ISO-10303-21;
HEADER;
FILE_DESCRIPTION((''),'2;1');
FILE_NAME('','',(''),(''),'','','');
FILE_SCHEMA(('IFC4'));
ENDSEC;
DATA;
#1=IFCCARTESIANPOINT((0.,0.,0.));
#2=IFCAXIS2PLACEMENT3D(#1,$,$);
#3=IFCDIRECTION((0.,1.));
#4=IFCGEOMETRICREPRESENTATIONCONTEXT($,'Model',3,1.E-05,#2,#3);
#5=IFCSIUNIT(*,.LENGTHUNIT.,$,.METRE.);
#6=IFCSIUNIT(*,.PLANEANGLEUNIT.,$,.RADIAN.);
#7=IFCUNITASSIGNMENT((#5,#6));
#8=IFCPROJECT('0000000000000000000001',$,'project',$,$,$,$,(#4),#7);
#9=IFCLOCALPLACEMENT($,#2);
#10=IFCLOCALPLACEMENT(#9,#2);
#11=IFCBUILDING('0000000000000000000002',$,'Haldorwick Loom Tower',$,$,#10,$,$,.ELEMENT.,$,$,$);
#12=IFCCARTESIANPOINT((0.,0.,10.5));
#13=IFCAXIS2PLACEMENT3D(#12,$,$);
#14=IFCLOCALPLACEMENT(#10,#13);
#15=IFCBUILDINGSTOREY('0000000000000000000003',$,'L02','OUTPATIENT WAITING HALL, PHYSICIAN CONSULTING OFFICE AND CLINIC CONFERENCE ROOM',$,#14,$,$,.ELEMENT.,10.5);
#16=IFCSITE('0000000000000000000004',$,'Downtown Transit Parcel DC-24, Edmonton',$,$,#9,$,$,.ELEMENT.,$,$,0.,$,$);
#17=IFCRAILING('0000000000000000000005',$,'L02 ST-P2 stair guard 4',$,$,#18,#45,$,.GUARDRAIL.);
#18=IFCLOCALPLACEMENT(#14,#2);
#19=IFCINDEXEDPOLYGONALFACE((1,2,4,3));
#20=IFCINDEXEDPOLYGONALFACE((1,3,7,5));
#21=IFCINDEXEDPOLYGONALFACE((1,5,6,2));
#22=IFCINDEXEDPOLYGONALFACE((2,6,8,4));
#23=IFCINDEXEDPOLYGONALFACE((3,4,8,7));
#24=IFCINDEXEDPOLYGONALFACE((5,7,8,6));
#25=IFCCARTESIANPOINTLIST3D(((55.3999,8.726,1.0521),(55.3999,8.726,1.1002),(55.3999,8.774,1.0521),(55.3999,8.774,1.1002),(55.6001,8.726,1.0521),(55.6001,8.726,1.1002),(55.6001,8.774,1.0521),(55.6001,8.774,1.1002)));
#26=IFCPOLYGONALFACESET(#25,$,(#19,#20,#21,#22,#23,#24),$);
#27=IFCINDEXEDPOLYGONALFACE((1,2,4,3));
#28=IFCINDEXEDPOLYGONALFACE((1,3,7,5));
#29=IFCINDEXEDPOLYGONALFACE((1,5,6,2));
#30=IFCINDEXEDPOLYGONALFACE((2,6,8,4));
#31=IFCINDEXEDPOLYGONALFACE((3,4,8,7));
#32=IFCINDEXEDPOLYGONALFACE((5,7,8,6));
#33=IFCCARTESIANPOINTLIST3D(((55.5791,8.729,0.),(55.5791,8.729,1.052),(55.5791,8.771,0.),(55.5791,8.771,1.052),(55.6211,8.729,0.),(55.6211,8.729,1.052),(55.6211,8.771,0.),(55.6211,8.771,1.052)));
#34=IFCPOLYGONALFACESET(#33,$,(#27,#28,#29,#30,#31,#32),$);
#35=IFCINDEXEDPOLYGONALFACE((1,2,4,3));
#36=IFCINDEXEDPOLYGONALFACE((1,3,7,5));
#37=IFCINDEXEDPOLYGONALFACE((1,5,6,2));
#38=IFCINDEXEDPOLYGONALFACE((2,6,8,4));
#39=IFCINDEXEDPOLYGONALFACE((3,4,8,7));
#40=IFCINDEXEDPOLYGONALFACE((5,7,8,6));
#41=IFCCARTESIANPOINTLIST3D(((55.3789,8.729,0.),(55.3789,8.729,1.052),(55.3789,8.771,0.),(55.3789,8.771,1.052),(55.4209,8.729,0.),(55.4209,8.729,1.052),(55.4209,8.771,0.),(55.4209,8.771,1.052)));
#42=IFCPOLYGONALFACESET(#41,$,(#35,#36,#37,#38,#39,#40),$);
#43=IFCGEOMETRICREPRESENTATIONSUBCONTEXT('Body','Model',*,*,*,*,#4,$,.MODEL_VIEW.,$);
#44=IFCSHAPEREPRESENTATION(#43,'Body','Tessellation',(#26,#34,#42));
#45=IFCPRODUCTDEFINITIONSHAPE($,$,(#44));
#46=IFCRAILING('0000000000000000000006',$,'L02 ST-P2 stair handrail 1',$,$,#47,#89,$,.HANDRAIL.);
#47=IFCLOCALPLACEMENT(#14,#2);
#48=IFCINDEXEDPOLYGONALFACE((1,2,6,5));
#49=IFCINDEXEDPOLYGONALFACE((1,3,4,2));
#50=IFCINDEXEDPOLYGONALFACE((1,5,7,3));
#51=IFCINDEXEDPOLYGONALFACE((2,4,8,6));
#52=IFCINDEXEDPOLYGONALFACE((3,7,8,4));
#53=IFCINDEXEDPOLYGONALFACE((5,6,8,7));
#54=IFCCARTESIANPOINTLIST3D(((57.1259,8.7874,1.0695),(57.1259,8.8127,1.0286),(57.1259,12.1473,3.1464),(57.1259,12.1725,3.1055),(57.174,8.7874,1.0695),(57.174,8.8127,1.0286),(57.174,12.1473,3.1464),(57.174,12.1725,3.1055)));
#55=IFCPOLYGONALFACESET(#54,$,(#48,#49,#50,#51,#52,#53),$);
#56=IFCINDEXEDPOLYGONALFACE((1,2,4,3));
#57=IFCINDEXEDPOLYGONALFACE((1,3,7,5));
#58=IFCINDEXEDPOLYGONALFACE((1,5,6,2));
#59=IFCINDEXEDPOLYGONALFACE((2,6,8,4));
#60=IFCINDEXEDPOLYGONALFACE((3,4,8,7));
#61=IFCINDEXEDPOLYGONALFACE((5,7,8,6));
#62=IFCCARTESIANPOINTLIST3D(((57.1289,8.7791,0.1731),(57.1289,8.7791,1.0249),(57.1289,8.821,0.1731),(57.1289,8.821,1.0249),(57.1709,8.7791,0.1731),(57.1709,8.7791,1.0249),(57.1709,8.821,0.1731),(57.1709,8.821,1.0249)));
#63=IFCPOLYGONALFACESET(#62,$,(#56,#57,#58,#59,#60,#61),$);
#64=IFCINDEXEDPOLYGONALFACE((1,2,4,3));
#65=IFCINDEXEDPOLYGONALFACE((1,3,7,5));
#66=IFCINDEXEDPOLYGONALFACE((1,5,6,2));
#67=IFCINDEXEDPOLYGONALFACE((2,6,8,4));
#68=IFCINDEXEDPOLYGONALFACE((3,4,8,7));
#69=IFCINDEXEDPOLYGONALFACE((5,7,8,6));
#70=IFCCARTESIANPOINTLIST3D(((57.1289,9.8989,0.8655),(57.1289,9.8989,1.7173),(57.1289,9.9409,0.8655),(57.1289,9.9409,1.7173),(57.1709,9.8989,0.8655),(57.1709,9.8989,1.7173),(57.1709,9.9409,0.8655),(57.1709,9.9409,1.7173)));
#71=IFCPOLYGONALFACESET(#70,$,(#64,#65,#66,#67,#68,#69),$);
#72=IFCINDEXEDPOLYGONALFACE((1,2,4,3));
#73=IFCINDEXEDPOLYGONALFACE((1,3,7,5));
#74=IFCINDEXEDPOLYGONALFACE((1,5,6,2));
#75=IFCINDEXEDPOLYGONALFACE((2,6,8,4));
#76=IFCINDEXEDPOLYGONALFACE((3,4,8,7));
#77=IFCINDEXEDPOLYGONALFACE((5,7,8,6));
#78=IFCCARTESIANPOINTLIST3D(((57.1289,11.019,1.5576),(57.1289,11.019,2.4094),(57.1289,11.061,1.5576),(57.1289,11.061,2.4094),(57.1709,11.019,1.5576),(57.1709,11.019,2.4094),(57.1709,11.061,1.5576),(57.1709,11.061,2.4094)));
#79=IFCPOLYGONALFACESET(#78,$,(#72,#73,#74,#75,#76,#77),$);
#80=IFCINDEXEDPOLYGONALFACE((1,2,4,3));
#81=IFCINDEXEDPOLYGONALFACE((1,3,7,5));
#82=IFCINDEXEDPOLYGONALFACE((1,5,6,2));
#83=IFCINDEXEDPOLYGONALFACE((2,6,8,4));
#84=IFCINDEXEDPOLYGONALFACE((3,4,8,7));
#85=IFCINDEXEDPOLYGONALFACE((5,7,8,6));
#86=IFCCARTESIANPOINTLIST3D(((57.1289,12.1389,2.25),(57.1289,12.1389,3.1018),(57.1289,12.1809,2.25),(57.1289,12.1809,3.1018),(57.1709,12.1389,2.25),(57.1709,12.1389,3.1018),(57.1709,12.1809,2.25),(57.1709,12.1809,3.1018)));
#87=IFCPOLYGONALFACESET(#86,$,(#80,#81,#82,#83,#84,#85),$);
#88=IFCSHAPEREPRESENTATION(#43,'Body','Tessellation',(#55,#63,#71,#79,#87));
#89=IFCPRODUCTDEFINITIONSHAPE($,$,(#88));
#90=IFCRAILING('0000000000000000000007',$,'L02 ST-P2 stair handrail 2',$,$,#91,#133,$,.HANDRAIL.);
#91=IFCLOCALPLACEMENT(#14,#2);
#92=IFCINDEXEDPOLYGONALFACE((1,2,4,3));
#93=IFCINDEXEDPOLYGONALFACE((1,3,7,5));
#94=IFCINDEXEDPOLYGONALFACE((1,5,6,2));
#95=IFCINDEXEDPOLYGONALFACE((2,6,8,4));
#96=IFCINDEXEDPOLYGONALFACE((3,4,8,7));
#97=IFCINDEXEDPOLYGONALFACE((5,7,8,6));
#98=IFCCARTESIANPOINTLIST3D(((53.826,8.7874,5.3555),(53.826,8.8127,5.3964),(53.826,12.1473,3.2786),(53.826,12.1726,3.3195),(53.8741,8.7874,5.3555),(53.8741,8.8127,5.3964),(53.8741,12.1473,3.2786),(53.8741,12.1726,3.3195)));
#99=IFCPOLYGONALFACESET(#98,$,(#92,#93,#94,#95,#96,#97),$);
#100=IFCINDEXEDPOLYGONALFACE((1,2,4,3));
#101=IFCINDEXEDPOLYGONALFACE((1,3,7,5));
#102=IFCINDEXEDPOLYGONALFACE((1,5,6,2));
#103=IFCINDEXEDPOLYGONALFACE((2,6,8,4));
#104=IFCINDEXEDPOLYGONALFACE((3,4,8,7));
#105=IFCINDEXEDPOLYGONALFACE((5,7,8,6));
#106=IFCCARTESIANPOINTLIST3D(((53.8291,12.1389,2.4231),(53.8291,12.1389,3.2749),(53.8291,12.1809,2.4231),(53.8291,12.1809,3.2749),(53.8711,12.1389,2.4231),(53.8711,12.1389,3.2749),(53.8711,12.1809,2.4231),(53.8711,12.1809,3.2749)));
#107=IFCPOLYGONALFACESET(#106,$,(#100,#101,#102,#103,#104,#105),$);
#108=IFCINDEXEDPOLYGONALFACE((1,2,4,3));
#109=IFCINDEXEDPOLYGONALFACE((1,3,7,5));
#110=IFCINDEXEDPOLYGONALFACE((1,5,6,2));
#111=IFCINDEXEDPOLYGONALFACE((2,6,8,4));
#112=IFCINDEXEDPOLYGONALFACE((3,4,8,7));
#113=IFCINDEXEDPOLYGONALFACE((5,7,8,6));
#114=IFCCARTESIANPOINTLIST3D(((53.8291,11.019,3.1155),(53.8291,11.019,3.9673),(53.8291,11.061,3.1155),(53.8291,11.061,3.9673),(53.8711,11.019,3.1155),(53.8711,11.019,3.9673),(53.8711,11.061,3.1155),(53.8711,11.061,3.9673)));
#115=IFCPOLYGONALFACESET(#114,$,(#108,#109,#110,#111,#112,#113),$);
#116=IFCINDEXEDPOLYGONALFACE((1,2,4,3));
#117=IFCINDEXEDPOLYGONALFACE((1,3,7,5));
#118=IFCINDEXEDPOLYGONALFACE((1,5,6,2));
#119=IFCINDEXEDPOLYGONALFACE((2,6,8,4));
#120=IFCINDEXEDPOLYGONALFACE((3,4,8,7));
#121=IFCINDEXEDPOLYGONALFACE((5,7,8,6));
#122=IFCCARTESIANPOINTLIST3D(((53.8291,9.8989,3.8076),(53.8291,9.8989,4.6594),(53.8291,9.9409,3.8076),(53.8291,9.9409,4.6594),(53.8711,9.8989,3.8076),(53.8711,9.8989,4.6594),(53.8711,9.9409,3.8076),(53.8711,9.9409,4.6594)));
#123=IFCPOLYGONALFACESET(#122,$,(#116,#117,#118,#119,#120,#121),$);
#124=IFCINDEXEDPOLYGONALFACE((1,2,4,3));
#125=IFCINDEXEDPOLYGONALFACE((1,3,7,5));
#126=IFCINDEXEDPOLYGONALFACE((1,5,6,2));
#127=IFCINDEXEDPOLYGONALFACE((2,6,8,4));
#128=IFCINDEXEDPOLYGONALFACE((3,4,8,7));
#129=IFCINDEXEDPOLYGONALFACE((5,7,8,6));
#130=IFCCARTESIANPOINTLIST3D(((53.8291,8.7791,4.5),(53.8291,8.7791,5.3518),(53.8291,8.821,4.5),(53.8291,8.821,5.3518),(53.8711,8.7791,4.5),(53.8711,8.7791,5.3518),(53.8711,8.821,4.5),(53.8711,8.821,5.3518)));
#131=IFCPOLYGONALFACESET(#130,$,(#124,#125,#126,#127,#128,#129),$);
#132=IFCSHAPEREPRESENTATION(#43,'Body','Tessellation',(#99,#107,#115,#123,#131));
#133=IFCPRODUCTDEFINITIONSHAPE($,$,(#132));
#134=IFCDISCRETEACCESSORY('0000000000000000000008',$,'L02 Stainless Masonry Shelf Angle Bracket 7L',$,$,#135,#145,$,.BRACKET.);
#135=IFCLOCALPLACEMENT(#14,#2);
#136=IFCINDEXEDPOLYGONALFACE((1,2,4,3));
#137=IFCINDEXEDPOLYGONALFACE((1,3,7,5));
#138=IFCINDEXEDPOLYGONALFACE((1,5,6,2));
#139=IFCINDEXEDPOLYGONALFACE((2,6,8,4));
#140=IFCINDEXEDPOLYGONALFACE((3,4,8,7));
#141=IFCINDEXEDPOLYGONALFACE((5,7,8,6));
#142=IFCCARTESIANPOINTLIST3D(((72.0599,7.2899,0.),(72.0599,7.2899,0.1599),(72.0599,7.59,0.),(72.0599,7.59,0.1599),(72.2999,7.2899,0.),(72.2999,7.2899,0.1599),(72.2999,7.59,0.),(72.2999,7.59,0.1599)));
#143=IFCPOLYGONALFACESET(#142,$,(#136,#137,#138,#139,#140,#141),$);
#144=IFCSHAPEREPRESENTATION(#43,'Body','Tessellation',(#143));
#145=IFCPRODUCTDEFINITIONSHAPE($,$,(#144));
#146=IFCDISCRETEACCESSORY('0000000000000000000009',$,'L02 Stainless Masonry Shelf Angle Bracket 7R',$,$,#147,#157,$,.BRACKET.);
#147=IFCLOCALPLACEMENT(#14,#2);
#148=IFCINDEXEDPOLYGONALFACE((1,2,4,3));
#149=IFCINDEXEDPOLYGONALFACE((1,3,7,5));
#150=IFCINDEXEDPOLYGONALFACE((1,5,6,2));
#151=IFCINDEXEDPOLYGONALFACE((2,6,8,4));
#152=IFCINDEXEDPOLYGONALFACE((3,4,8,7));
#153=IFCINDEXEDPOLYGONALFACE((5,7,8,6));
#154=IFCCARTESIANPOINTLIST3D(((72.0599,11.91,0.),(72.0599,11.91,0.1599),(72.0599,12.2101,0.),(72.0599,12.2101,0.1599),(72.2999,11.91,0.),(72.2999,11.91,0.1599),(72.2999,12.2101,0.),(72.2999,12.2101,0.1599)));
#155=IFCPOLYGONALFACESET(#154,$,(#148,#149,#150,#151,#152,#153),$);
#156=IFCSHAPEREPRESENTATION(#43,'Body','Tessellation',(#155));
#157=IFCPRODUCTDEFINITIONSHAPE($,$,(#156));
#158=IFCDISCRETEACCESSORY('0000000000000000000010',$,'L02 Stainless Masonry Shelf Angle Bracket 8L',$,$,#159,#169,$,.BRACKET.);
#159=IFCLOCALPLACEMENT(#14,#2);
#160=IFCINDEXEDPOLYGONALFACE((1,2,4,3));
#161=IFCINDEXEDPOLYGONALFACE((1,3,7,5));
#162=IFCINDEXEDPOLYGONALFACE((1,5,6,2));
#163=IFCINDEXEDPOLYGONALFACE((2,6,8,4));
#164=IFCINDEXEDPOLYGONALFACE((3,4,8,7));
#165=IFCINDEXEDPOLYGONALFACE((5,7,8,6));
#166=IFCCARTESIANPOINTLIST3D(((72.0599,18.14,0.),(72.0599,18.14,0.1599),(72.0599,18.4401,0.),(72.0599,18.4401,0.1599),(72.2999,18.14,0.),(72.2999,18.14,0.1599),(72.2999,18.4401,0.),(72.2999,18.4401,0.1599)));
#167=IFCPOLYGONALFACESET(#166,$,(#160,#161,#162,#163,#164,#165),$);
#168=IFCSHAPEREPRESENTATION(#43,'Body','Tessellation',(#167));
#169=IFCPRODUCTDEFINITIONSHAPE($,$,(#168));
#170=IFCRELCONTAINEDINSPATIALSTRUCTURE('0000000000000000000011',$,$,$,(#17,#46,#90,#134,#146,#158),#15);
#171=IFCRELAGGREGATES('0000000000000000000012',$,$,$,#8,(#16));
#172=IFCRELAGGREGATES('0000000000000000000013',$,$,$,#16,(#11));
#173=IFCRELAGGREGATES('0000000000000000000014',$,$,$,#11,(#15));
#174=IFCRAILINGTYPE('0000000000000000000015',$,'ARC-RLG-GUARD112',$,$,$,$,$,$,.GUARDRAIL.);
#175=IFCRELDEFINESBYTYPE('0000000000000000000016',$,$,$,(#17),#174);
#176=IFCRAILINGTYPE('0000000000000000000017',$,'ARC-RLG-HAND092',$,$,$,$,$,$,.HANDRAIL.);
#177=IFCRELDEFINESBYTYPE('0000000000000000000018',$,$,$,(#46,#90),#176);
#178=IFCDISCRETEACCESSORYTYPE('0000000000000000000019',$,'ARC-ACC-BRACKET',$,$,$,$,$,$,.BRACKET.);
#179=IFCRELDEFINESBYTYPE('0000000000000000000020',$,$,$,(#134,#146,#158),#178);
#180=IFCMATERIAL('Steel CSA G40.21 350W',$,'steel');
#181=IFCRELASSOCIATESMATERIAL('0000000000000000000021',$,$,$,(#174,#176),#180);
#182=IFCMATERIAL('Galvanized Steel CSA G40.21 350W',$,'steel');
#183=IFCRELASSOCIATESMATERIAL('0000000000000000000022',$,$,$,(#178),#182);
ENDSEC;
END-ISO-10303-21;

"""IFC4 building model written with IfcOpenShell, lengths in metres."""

from ifc_helpers import new_model, si_unit, direction, frame, origin, origin_2d, place, context, subcontext, project, spatial, rectangle, extrude, material, type_object, element, save


model = new_model("IFC4")

# Units and contexts
model_context = context("Model", 3, precision=1e-05, world=origin(), true_north=direction((0.0, 1.0)))
body_context = subcontext(model_context, "Body", "Model", "MODEL_VIEW")
ifc_project = project(units=[si_unit("LENGTHUNIT", "METRE"), si_unit("PLANEANGLEUNIT", "RADIAN")], contexts=[model_context])

# Site, building, storey
site_placement = place(None, origin())
site = spatial("IfcSite", under=ifc_project, at=site_placement, Name="Downtown Transit Parcel DC-24, Edmonton", CompositionType="ELEMENT", RefElevation=0.0)
building_placement = place(site_placement, origin())
building = spatial("IfcBuilding", under=site, at=building_placement, Name="Haldorwick Loom Tower", CompositionType="ELEMENT")
storey_placement = place(building_placement, frame((0.0, 0.0, 10.5)))
storey = spatial("IfcBuildingStorey", under=building, at=storey_placement, Name="L02", Description="OUTPATIENT WAITING HALL, PHYSICIAN CONSULTING OFFICE AND CLINIC CONFERENCE ROOM", CompositionType="ELEMENT", Elevation=10.5)

# Shared definitions
ifc_material_1 = material(Name="Steel CSA G40.21 350W", Category="steel")

# Railings
railing_type_1 = type_object("IfcRailingType", Name="ARC-RLG-GUARD112", PredefinedType="GUARDRAIL", material=ifc_material_1)
railing_1_placement = place(storey_placement, frame((55.6001, 8.75, 0.0)))
element("IfcRailing", 1, at=railing_1_placement, inside=storey, type_object=railing_type_1, Name="L02 ST-P2 stair guard 4", PredefinedType="GUARDRAIL", context=body_context, shape_type="SweptSolid", body=[
    extrude(rectangle(XDim=0.0481, YDim=0.0481, at=origin_2d()), frame((0.0, 0.0, 1.0762), z_axis=(-1.0, 0.0, 0.0), x_axis=(0.0, -1.0, 0.0)), (0.0, 0.0, 1.0), 0.2002),
    extrude(rectangle(XDim=0.042, YDim=0.042, at=origin_2d()), origin(), (0.0, 0.0, 1.0), 1.052),
    extrude(rectangle(XDim=0.042, YDim=0.042, at=origin_2d()), frame((-0.2002, 0.0, 0.0)), (0.0, 0.0, 1.0), 1.052),
])
railing_type_2 = type_object("IfcRailingType", Name="ARC-RLG-HAND092", PredefinedType="HANDRAIL", material=ifc_material_1)
railing_2_placement = place(storey_placement, frame((57.1499, 8.8, 0.1731)))
element("IfcRailing", 2, at=railing_2_placement, inside=storey, type_object=railing_type_2, Name="L02 ST-P2 stair handrail 1", PredefinedType="HANDRAIL", context=body_context, shape_type="SweptSolid", body=[
    extrude(rectangle(XDim=0.0481, YDim=0.0481, at=origin_2d()), frame((0.0, 0.0, 0.876), z_axis=(0.0, 0.850606, 0.525803), x_axis=(-1.0, 0.0, 0.0)), (0.0, 0.0, 1.0), 3.95),
    extrude(rectangle(XDim=0.042, YDim=0.042, at=origin_2d()), origin(), (0.0, 0.0, 1.0), 0.8518),
    extrude(rectangle(XDim=0.042, YDim=0.042, at=origin_2d()), frame((0.0, 1.1199, 0.6924)), (0.0, 0.0, 1.0), 0.8518),
    extrude(rectangle(XDim=0.042, YDim=0.042, at=origin_2d()), frame((0.0, 2.24, 1.3845)), (0.0, 0.0, 1.0), 0.8518),
    extrude(rectangle(XDim=0.042, YDim=0.042, at=origin_2d()), frame((0.0, 3.3599, 2.0769)), (0.0, 0.0, 1.0), 0.8518),
])
railing_3_placement = place(storey_placement, frame((53.8501, 12.1599, 2.4231)))
element("IfcRailing", 3, at=railing_3_placement, inside=storey, type_object=railing_type_2, Name="L02 ST-P2 stair handrail 2", PredefinedType="HANDRAIL", context=body_context, shape_type="SweptSolid", body=[
    extrude(rectangle(XDim=0.0481, YDim=0.0481, at=origin_2d()), frame((0.0, 0.0, 0.876), z_axis=(0.0, -0.850606, 0.525803), x_axis=(1.0, 0.0, 0.0)), (0.0, 0.0, 1.0), 3.95),
    extrude(rectangle(XDim=0.042, YDim=0.042, at=origin_2d()), origin(), (0.0, 0.0, 1.0), 0.8518),
    extrude(rectangle(XDim=0.042, YDim=0.042, at=origin_2d()), frame((0.0, -1.1199, 0.6924)), (0.0, 0.0, 1.0), 0.8518),
    extrude(rectangle(XDim=0.042, YDim=0.042, at=origin_2d()), frame((0.0, -2.24, 1.3845)), (0.0, 0.0, 1.0), 0.8518),
    extrude(rectangle(XDim=0.042, YDim=0.042, at=origin_2d()), frame((0.0, -3.3599, 2.0769)), (0.0, 0.0, 1.0), 0.8518),
])

# Discrete accessories
ifc_material_2 = material(Name="Galvanized Steel CSA G40.21 350W", Category="steel")
discrete_accessory_type = type_object("IfcDiscreteAccessoryType", Name="ARC-ACC-BRACKET", PredefinedType="BRACKET", material=ifc_material_2)
for number, where, z_axis, x_axis, name in (
    (4, (72.1799, 7.4399, 0.0), (0.0, 0.0, 1.0), (0.0, 1.0, 0.0), "L02 Stainless Masonry Shelf Angle Bracket 7L"),
    (5, (72.1799, 12.0601, 0.0), (0.0, 0.0, 1.0), (0.0, 1.0, 0.0), "L02 Stainless Masonry Shelf Angle Bracket 7R"),
    (6, (72.1799, 18.29, 0.0), (0.0, 0.0, 1.0), (0.0, 1.0, 0.0), "L02 Stainless Masonry Shelf Angle Bracket 8L"),
):
    element("IfcDiscreteAccessory", number, at=place(storey_placement, frame(where, z_axis=z_axis, x_axis=x_axis)), inside=storey, type_object=discrete_accessory_type, Name=name, PredefinedType="BRACKET", context=body_context, shape_type="SweptSolid", body=[
        extrude(rectangle(XDim=0.3, YDim=0.24, at=origin_2d()), origin(), (0.0, 0.0, 1.0), 0.1599),
    ])

save(model, "model.ifc")
